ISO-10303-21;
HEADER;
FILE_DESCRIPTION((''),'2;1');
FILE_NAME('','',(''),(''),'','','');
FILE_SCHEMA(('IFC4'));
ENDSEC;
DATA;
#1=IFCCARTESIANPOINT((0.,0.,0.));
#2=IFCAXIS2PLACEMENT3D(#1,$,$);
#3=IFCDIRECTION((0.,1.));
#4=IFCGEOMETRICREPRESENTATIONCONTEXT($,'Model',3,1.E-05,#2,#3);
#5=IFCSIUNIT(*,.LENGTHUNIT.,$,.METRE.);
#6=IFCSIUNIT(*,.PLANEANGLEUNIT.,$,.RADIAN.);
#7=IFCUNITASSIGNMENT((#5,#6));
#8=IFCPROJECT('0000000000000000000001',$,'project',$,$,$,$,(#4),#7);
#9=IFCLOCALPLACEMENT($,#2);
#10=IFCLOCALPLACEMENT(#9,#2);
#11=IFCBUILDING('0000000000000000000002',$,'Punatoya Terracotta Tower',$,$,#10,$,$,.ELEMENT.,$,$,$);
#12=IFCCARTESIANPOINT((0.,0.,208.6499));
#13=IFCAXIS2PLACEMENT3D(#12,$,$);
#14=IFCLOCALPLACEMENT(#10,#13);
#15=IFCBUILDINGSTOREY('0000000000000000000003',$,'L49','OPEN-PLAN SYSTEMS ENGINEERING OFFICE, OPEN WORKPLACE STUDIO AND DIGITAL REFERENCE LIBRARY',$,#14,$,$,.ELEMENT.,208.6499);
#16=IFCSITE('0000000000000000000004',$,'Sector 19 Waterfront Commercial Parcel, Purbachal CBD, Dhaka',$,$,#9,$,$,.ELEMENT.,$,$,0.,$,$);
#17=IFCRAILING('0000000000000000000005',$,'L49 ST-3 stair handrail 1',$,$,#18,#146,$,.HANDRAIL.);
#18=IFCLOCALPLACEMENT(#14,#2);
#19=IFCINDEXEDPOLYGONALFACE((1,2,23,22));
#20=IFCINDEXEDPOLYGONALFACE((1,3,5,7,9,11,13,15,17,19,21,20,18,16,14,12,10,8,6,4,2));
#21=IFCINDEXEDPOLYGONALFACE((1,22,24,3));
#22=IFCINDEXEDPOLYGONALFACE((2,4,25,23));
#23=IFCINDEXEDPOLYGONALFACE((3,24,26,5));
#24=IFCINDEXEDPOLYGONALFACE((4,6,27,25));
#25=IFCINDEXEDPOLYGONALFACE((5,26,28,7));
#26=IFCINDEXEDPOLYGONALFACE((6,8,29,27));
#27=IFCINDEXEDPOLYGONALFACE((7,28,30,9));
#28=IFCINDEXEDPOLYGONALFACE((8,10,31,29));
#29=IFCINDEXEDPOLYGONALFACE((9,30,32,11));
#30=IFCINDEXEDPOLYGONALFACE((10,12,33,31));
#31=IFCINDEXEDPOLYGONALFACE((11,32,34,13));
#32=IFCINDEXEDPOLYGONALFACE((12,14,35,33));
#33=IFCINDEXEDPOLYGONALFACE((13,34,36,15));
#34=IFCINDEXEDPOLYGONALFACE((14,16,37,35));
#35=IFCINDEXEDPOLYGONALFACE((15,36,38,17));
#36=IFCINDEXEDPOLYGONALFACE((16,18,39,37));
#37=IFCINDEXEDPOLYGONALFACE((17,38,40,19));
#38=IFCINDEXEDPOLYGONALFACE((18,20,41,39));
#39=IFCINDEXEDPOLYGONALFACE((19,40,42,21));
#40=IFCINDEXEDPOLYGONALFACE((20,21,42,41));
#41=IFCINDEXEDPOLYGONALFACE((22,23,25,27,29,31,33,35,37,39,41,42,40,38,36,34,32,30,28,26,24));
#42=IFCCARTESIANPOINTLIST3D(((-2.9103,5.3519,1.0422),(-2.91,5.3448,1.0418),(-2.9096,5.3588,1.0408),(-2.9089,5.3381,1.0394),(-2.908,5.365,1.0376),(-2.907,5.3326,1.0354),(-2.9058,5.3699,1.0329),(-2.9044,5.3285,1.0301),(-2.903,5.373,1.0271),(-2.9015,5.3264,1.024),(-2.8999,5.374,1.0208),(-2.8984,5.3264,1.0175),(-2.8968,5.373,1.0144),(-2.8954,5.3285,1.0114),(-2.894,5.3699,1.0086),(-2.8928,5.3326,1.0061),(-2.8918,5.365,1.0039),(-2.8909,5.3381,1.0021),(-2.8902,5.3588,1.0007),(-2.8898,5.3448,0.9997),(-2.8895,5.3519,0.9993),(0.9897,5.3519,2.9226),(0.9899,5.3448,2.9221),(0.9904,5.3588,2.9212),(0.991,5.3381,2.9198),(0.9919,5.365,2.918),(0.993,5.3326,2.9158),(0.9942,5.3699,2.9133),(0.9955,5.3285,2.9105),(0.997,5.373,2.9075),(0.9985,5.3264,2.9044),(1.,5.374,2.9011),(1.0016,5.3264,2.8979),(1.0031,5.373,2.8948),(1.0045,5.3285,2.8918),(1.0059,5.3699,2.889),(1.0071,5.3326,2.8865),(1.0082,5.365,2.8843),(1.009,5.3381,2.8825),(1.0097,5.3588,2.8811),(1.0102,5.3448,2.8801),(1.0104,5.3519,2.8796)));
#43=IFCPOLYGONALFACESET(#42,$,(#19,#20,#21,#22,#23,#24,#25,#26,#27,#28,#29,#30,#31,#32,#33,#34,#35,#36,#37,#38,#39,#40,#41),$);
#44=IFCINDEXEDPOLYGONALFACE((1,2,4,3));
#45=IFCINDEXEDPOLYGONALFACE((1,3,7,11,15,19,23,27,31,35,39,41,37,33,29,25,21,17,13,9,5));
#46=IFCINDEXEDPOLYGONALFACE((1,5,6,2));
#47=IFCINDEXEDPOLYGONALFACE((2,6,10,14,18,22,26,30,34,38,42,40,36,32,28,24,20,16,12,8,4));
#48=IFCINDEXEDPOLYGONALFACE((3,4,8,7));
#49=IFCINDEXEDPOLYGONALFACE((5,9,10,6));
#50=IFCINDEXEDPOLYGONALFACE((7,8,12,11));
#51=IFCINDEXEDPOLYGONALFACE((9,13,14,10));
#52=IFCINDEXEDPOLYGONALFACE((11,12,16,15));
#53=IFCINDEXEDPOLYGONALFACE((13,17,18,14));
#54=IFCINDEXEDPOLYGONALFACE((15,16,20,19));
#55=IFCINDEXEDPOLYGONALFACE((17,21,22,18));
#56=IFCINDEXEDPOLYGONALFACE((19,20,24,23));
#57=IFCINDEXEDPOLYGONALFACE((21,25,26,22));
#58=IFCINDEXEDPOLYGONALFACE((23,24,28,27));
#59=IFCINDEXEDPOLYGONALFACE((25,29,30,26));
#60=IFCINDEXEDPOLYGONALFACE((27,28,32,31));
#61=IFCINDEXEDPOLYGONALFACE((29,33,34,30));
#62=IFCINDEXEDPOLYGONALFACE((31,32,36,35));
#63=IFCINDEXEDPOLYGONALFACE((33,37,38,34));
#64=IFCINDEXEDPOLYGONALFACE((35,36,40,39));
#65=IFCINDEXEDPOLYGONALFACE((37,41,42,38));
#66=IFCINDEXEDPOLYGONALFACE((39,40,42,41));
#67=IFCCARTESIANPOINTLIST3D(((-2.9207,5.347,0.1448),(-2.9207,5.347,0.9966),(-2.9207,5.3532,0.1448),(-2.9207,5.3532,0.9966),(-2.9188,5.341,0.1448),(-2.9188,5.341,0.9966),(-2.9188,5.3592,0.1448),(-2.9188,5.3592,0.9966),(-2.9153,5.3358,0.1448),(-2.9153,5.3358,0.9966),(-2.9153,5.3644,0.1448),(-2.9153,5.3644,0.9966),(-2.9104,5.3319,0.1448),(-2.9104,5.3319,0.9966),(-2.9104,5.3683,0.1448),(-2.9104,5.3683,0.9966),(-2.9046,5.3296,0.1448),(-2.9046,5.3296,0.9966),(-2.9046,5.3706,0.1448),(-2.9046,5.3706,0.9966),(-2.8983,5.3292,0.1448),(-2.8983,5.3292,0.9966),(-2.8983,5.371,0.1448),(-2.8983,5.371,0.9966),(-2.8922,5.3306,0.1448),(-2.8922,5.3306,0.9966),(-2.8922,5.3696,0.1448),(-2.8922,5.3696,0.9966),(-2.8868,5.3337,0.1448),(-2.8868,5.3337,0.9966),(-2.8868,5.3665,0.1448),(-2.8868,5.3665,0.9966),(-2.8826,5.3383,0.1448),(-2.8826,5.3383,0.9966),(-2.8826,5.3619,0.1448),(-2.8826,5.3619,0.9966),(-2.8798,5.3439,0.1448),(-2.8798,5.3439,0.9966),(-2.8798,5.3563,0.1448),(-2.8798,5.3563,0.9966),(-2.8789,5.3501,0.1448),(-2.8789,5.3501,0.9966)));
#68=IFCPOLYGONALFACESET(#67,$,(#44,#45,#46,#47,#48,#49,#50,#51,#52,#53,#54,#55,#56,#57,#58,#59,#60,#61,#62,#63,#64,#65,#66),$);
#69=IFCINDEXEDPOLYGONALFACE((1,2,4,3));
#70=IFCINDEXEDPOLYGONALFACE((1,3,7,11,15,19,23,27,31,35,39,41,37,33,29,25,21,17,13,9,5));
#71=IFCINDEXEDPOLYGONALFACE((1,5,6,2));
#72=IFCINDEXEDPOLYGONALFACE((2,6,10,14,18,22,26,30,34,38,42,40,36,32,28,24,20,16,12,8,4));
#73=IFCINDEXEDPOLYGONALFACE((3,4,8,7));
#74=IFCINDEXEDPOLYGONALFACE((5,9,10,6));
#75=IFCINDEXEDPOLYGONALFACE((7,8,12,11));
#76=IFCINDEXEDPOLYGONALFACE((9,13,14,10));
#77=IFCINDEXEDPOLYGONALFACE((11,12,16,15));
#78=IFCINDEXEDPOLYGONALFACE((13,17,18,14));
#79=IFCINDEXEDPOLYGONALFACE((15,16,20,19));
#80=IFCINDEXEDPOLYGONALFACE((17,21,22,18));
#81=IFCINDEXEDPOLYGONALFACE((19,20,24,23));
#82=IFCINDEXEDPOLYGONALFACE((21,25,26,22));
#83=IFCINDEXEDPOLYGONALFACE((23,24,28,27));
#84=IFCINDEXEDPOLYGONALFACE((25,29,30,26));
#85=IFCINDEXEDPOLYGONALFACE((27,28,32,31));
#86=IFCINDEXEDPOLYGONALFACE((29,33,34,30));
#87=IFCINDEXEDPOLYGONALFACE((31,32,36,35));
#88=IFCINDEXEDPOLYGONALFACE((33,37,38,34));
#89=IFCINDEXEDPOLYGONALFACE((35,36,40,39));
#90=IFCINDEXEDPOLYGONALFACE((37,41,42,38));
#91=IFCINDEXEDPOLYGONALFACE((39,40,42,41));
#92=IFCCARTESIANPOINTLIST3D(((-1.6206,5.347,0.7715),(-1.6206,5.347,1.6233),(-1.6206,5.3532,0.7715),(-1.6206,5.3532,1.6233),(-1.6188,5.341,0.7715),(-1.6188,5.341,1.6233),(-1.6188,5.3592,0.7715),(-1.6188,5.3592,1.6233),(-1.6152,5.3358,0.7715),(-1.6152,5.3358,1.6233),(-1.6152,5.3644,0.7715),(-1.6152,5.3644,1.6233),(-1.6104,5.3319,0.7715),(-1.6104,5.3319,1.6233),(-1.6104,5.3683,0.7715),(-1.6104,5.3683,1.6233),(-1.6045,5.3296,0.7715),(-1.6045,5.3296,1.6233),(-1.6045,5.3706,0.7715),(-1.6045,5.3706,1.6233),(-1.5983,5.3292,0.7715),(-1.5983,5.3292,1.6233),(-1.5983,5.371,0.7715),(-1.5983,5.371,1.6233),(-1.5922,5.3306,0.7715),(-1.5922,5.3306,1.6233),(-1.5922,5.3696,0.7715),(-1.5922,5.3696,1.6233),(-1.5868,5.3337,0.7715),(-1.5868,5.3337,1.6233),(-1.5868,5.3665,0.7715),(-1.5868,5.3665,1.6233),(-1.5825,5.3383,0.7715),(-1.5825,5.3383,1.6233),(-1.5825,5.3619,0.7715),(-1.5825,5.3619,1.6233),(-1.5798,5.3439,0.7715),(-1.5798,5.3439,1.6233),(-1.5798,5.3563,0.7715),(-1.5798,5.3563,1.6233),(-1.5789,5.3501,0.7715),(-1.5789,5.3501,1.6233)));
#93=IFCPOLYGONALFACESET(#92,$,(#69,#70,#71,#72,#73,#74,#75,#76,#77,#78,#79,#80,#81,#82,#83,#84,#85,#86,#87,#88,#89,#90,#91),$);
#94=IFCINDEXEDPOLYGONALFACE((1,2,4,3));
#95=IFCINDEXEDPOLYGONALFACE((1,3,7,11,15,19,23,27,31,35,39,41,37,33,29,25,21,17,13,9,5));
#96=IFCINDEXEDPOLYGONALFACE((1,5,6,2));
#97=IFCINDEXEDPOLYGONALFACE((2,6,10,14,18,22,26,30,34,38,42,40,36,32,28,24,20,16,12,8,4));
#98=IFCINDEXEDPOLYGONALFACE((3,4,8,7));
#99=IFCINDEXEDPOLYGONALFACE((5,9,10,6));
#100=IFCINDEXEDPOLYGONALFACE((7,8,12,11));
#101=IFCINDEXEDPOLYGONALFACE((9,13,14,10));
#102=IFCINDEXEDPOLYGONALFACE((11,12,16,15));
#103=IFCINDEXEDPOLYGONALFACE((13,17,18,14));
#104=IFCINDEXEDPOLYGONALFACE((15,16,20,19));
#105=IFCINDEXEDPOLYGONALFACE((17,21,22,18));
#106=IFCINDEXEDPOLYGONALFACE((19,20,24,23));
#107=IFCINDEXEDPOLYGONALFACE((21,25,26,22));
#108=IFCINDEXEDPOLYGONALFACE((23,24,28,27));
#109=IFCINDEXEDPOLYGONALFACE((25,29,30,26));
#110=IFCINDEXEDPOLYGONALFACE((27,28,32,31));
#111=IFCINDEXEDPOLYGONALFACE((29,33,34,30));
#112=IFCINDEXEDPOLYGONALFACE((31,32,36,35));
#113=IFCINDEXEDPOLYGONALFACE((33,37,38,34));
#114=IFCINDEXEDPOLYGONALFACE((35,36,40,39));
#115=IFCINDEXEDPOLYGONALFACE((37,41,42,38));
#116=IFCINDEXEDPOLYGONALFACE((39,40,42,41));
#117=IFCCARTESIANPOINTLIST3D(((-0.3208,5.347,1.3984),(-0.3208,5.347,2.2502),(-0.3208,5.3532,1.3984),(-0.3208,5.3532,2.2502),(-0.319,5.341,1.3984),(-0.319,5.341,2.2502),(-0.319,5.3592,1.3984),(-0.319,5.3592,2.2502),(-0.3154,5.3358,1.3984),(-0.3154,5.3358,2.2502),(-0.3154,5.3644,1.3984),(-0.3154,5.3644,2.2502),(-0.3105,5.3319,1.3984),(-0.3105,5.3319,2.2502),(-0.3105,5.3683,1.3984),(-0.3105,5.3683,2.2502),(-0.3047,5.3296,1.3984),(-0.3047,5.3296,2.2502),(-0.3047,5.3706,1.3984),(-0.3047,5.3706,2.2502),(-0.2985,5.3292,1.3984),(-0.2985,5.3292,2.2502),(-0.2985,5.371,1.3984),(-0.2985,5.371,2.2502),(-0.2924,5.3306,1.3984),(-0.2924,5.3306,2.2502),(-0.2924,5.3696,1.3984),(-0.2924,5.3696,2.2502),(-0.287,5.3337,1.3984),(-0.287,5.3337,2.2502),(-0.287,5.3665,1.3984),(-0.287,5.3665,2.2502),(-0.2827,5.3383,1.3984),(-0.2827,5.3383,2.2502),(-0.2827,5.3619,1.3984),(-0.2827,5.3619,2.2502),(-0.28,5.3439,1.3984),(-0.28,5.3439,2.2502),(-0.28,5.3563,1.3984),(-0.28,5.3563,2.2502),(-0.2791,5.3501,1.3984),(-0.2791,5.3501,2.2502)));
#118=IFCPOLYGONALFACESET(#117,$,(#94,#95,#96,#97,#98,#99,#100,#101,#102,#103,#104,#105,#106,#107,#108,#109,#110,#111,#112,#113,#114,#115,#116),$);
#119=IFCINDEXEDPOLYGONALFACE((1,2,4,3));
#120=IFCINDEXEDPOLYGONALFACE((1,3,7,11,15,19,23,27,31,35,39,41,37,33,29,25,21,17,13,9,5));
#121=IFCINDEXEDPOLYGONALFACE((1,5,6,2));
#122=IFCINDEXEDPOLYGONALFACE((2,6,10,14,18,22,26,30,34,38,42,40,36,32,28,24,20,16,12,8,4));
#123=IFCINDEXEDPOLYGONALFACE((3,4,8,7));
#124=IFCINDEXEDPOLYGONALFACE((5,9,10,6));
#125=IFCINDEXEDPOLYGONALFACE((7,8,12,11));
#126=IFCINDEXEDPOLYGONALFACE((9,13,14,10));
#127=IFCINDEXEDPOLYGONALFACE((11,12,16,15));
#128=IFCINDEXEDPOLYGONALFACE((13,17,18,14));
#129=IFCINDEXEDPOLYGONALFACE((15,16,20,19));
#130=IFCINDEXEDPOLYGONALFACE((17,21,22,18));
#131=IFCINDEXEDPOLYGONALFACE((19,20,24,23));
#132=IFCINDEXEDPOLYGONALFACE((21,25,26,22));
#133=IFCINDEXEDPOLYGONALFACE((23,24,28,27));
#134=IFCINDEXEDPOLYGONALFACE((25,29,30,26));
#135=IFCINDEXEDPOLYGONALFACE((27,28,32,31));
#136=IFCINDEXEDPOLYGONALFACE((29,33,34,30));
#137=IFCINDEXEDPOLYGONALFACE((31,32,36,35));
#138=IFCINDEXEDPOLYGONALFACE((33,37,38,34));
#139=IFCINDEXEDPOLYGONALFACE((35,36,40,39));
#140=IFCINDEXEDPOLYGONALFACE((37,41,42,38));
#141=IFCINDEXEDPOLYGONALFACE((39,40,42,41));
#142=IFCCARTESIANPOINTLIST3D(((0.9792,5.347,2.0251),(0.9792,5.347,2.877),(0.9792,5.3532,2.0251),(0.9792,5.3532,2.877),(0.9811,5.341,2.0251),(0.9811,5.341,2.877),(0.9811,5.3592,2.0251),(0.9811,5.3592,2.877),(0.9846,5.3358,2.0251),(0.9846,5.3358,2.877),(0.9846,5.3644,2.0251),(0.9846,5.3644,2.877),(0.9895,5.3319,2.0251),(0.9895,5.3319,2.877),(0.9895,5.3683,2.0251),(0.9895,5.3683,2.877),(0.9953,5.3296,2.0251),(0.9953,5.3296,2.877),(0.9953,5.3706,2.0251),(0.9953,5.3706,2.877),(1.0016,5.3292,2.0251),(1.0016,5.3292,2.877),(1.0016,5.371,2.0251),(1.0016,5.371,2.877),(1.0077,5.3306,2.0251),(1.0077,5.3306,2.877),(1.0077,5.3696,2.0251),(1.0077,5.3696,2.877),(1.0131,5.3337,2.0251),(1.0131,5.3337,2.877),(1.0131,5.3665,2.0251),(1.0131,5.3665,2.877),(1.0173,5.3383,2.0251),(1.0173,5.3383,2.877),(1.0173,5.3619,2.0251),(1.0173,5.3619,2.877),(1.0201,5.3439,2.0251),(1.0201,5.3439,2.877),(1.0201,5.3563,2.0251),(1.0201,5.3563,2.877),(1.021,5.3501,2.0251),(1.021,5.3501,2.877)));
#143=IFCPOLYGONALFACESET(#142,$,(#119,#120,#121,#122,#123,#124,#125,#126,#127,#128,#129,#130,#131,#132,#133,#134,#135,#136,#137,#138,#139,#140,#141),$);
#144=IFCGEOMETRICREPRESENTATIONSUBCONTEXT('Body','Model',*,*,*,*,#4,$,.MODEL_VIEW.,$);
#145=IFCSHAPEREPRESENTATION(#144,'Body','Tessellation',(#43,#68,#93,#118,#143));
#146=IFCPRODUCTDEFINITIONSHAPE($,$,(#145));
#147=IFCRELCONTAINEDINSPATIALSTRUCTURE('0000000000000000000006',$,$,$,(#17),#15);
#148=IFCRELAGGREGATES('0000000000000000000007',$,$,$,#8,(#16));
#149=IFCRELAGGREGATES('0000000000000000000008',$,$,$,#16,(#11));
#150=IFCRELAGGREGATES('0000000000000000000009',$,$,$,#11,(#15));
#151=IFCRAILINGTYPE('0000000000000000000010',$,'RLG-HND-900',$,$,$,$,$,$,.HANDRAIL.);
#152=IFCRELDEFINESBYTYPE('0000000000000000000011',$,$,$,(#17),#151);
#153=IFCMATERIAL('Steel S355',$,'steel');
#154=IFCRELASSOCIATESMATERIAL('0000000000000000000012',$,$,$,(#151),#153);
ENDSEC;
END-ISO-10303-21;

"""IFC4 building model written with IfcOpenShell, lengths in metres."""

from ifc_helpers import new_model, si_unit, direction, frame, origin, origin_2d, place, context, subcontext, project, spatial, circle, extrude, material, type_object, element, save


model = new_model("IFC4")

# Units and contexts
model_context = context("Model", 3, precision=1e-05, world=origin(), true_north=direction((0.0, 1.0)))
body_context = subcontext(model_context, "Body", "Model", "MODEL_VIEW")
ifc_project = project(units=[si_unit("LENGTHUNIT", "METRE"), si_unit("PLANEANGLEUNIT", "RADIAN")], contexts=[model_context])

# Site, building, storey
site_placement = place(None, origin())
site = spatial("IfcSite", under=ifc_project, at=site_placement, Name="Sector 19 Waterfront Commercial Parcel, Purbachal CBD, Dhaka", CompositionType="ELEMENT", RefElevation=0.0)
building_placement = place(site_placement, origin())
building = spatial("IfcBuilding", under=site, at=building_placement, Name="Punatoya Terracotta Tower", CompositionType="ELEMENT")
storey_placement = place(building_placement, frame((0.0, 0.0, 208.6499)))
storey = spatial("IfcBuildingStorey", under=building, at=storey_placement, Name="L49", Description="OPEN-PLAN SYSTEMS ENGINEERING OFFICE, OPEN WORKPLACE STUDIO AND DIGITAL REFERENCE LIBRARY", CompositionType="ELEMENT", Elevation=208.6499)

# Shared definitions
ifc_material_1 = material(Name="Steel S355", Category="steel")

# Railing
railing_type_1 = type_object("IfcRailingType", Name="RLG-HND-900", PredefinedType="HANDRAIL", material=ifc_material_1)
railing_1_placement = place(storey_placement, frame((-2.8999, 5.3501, 0.1448)))
element("IfcRailing", 1, at=railing_1_placement, inside=storey, type_object=railing_type_1, Name="L49 ST-3 stair handrail 1", PredefinedType="HANDRAIL", context=body_context, shape_type="SweptSolid", body=[
    extrude(circle(Radius=0.0239, at=origin_2d()), frame((0.0, 0.0, 0.876), z_axis=(0.900763, 0.0, 0.434311), x_axis=(0.0, 1.0, 0.0)), (0.0, 0.0, 1.0), 4.3296),
    extrude(circle(Radius=0.021, at=origin_2d()), origin(), (0.0, 0.0, 1.0), 0.8518),
    extrude(circle(Radius=0.021, at=origin_2d()), frame((1.3, 0.0, 0.6267)), (0.0, 0.0, 1.0), 0.8518),
    extrude(circle(Radius=0.021, at=origin_2d()), frame((2.5999, 0.0, 1.2537)), (0.0, 0.0, 1.0), 0.8518),
    extrude(circle(Radius=0.021, at=origin_2d()), frame((3.8999, 0.0, 1.8804)), (0.0, 0.0, 1.0), 0.8518),
])

save(model, "model.ifc")
